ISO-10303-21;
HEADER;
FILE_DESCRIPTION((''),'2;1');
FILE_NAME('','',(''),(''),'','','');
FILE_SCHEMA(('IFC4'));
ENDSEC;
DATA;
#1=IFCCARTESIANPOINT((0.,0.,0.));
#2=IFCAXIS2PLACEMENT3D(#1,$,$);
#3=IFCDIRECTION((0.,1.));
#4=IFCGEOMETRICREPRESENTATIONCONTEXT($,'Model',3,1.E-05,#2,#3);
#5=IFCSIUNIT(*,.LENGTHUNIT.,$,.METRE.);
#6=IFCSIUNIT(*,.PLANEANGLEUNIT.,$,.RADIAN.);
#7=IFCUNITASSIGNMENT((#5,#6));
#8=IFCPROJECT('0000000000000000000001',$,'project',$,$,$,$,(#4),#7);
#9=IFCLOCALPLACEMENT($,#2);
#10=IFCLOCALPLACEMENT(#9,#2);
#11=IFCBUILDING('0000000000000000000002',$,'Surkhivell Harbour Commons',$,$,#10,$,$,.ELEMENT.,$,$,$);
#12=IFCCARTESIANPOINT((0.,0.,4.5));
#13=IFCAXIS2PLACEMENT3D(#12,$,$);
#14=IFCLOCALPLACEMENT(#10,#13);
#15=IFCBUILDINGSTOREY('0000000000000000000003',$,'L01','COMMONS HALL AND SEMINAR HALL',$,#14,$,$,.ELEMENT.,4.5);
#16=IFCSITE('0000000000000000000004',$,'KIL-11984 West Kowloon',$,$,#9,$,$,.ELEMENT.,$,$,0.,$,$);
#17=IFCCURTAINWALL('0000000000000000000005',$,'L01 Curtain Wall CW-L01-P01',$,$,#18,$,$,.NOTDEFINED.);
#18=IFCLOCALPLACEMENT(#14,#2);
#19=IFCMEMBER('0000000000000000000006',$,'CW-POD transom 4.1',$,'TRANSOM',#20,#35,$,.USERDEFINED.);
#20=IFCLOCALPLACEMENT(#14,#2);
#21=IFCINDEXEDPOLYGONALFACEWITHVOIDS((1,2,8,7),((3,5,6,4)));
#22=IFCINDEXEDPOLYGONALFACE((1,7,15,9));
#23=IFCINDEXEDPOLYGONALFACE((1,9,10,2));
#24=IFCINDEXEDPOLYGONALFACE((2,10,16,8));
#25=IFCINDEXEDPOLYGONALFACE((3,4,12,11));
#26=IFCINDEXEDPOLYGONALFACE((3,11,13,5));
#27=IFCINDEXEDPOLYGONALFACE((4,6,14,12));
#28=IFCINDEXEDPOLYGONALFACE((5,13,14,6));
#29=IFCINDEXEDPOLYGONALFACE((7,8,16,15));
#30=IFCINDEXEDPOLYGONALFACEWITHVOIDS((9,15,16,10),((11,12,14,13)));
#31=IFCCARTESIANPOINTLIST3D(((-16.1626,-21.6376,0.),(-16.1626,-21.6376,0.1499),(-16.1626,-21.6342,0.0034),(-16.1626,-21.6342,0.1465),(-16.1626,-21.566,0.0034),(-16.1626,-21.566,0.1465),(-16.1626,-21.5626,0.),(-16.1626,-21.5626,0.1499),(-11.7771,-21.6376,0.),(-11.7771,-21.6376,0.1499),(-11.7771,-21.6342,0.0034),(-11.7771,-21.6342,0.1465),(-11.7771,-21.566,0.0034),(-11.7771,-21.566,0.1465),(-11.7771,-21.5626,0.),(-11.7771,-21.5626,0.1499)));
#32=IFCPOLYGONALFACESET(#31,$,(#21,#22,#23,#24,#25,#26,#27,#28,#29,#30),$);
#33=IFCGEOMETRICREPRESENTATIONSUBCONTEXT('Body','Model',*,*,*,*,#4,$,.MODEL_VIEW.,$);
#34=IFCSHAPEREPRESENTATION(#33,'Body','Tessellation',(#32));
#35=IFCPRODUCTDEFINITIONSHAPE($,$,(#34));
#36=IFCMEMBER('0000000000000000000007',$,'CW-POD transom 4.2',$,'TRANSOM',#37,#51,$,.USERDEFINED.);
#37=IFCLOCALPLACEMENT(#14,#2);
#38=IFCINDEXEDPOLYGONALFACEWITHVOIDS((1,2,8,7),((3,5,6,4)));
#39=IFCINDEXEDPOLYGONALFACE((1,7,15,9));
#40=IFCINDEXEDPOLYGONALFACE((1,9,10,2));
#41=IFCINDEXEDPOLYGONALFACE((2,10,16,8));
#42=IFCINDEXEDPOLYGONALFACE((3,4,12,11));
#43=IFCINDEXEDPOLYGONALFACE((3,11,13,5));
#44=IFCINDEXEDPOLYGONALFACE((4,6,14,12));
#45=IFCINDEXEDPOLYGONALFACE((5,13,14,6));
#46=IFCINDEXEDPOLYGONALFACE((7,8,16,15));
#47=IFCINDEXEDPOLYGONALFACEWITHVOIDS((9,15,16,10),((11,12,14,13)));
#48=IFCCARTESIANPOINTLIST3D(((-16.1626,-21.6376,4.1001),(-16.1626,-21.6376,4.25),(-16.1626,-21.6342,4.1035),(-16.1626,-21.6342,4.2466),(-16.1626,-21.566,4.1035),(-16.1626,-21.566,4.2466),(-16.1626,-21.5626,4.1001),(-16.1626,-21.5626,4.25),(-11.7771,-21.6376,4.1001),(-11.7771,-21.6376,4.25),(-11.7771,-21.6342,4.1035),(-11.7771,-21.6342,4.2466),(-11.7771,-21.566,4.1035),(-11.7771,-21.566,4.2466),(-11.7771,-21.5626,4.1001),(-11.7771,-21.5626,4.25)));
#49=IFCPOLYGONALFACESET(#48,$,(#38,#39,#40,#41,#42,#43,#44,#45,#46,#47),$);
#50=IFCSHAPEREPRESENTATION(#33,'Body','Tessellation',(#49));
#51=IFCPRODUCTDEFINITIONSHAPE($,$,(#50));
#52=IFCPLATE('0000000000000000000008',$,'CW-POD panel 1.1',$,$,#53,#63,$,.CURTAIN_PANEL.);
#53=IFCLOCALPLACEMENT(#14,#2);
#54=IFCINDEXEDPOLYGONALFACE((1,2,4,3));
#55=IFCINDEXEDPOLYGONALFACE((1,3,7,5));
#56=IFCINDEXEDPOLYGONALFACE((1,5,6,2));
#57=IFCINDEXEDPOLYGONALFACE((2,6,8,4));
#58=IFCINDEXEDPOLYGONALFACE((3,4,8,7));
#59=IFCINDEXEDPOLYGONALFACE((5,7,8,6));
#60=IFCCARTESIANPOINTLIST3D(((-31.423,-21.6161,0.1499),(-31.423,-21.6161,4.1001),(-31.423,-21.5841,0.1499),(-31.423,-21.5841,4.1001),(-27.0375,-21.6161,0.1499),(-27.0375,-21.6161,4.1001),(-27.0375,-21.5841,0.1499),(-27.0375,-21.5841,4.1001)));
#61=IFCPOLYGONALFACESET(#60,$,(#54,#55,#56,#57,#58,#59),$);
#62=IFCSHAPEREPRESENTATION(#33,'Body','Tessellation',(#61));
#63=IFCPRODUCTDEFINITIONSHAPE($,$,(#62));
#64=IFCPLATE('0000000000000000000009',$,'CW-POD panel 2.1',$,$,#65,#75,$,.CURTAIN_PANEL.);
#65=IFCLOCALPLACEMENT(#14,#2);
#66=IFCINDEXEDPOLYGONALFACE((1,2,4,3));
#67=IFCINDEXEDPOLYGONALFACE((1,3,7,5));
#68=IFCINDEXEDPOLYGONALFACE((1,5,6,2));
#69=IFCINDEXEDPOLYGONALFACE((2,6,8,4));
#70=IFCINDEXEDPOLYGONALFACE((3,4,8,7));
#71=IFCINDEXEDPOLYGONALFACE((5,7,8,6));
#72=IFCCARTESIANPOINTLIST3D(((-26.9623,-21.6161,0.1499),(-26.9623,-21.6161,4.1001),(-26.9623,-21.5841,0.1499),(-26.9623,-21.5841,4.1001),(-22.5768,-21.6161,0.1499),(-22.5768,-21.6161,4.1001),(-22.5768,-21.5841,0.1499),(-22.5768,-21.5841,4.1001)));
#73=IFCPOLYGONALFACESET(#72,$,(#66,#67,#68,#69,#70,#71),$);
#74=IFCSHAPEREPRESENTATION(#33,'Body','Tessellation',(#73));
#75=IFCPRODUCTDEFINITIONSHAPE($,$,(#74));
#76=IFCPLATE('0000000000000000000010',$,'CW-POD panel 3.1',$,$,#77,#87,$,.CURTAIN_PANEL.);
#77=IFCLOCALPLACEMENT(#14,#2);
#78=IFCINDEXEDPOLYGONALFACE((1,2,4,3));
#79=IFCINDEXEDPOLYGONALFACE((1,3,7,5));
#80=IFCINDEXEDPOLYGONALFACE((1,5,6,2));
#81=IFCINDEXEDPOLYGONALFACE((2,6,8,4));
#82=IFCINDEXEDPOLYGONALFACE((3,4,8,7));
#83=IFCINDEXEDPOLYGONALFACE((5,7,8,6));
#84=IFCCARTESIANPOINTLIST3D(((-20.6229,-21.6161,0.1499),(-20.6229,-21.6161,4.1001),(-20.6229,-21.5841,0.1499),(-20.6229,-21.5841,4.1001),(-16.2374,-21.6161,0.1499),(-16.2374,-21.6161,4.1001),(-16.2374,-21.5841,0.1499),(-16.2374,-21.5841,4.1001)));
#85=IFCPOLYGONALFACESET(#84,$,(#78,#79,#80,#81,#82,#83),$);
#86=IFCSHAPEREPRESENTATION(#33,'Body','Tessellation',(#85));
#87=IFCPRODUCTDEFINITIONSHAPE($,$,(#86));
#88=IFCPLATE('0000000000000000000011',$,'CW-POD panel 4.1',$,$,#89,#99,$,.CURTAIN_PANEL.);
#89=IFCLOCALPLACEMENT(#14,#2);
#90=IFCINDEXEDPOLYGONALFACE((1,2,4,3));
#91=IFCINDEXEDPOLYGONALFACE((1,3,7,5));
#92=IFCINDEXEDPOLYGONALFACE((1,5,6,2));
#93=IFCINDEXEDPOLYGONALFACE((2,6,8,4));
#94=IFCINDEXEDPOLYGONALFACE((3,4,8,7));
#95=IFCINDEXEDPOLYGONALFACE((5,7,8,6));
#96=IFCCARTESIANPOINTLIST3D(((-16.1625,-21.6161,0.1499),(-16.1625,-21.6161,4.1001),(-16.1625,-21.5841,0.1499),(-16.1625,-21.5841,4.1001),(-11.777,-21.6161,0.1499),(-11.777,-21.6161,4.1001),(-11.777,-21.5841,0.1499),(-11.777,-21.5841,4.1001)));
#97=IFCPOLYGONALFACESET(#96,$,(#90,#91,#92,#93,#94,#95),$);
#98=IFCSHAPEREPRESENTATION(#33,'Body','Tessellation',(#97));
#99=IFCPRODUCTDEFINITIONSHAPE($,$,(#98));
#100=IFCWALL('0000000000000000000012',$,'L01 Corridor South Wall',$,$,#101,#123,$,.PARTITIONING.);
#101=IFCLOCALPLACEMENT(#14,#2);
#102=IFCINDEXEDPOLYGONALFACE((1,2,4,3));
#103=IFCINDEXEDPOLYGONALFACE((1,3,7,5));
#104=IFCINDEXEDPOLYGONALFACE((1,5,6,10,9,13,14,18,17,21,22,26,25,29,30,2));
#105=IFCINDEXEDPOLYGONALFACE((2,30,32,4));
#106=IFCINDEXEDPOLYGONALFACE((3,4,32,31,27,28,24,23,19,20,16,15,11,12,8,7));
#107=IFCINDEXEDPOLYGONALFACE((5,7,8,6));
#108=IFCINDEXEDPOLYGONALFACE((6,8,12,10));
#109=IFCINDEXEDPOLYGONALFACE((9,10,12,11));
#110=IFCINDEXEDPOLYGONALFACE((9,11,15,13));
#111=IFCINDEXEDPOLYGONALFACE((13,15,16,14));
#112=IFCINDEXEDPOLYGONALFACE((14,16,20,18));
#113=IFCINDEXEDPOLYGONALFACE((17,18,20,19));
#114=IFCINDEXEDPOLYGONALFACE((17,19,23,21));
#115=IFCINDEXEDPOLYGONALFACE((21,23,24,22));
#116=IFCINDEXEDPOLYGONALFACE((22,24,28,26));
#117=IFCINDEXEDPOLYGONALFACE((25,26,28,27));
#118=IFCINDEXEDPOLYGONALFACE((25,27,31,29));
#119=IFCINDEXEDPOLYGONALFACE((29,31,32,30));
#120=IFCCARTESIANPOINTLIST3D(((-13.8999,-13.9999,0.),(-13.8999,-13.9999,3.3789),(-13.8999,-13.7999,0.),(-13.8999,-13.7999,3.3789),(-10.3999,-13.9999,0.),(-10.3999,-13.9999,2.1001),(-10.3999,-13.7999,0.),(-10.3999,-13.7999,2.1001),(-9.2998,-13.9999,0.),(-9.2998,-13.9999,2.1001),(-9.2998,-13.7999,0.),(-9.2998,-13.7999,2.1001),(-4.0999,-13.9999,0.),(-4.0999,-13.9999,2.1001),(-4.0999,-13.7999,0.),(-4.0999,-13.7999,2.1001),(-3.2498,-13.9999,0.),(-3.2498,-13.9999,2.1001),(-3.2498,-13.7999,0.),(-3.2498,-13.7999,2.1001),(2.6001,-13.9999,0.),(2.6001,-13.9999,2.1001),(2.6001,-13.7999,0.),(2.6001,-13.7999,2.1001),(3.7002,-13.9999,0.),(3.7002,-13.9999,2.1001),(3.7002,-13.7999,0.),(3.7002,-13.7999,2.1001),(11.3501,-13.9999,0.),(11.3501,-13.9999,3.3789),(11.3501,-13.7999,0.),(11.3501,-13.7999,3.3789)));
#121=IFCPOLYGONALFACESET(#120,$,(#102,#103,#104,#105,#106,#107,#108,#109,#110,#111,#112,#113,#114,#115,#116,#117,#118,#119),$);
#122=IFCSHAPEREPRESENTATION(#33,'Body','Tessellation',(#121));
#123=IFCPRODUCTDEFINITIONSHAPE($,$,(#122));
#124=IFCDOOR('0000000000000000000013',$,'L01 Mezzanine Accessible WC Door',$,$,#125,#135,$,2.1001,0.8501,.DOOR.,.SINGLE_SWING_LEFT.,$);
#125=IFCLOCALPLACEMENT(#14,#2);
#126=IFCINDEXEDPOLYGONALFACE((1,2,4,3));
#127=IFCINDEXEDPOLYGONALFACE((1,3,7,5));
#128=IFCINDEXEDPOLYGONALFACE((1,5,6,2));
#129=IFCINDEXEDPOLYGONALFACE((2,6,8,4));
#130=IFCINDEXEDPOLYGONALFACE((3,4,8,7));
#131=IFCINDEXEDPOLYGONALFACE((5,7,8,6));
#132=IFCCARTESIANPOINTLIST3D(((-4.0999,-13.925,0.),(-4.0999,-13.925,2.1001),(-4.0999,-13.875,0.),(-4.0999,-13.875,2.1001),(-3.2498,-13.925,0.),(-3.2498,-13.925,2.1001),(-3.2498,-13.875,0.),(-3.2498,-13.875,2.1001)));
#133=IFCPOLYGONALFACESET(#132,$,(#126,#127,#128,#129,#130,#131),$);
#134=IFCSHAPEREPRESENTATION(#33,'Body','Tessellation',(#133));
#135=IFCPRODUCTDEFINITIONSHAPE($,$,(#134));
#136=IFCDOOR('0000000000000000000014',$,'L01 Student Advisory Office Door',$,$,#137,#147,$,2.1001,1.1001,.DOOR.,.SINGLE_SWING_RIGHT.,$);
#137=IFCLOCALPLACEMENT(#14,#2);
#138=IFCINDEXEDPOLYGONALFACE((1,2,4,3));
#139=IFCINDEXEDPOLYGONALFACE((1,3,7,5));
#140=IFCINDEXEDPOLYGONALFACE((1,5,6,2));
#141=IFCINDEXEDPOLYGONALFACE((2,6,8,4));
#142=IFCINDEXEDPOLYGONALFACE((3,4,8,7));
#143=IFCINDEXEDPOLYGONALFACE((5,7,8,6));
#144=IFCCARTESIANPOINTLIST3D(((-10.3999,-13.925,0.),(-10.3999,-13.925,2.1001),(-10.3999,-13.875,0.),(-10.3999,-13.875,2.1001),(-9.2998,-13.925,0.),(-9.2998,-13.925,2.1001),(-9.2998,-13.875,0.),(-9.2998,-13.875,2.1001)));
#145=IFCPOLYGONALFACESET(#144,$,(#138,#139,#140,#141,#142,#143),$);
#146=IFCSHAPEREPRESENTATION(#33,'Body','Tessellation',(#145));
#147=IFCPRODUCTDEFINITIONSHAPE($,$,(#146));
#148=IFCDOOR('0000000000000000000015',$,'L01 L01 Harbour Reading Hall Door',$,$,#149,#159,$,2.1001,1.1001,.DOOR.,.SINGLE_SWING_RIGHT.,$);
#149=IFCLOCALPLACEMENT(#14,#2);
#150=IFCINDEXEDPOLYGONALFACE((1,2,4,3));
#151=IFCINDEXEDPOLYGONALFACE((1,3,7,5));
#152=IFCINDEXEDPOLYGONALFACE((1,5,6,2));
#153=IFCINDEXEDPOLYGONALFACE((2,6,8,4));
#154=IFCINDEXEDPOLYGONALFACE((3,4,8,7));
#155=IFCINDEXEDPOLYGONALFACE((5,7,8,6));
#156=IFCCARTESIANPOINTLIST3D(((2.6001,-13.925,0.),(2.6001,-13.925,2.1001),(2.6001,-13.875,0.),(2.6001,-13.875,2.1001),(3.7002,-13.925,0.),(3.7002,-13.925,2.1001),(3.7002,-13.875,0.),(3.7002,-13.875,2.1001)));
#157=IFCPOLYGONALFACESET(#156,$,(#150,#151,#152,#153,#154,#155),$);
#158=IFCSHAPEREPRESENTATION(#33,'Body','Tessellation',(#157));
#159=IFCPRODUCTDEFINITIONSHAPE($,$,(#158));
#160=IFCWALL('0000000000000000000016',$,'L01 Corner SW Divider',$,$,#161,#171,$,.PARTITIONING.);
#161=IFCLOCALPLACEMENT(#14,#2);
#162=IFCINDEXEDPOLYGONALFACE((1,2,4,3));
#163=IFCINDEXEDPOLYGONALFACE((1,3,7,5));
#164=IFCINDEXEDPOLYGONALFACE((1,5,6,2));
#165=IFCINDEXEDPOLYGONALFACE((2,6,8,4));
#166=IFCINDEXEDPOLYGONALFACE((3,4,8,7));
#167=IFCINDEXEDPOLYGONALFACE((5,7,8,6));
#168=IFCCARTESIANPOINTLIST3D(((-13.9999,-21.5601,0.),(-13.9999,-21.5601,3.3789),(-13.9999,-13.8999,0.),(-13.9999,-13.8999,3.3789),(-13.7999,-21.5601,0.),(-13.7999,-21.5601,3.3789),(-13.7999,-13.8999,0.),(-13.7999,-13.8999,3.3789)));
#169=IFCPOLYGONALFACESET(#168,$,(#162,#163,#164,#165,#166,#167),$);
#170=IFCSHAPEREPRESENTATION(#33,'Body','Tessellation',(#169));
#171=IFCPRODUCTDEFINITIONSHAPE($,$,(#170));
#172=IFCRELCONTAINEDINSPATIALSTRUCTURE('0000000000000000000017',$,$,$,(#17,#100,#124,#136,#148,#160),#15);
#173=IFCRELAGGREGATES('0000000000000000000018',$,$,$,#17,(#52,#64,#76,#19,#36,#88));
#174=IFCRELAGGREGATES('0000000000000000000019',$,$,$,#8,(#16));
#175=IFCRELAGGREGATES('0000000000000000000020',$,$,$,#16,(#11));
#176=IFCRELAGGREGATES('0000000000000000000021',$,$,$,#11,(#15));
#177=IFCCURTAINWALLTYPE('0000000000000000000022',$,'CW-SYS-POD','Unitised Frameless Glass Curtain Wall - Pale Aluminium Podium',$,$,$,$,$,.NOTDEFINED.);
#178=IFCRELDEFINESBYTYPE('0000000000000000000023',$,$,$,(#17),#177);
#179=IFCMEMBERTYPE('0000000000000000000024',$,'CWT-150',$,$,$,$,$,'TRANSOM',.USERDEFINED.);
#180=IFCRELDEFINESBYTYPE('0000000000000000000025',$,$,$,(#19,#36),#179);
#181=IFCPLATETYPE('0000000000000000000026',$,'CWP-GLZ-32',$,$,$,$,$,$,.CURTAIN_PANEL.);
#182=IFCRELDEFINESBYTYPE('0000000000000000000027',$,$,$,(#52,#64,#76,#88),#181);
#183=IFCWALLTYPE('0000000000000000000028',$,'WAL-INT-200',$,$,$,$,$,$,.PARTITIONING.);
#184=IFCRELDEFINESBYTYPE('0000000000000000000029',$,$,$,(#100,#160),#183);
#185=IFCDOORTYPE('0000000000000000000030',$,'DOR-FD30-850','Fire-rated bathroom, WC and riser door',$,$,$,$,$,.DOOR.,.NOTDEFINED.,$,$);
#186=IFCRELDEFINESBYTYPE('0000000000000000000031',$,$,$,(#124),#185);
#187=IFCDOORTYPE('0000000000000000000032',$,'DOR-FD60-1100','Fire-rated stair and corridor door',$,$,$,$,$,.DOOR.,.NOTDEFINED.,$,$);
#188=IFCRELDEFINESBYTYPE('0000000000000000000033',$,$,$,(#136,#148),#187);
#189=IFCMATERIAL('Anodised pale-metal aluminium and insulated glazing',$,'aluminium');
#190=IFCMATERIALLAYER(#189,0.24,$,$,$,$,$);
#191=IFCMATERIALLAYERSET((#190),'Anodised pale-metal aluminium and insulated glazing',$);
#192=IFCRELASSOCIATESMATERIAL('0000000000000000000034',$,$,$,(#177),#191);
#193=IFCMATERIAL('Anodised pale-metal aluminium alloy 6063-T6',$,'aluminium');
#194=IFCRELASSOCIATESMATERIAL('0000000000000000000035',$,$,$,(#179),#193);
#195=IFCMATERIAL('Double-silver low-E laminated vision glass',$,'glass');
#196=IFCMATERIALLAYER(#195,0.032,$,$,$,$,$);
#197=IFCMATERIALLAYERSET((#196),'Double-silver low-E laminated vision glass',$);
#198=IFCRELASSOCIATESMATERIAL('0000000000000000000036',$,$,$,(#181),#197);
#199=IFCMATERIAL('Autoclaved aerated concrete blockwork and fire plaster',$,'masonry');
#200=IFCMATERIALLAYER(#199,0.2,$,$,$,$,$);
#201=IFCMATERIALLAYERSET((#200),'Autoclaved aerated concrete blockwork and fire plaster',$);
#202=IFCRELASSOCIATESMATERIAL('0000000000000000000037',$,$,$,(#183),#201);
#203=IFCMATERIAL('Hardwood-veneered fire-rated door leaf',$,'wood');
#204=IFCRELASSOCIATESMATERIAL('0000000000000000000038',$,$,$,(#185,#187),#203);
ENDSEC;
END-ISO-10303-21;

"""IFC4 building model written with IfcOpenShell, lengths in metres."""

from ifc_helpers import new_model, si_unit, direction, frame, frame_2d, origin, origin_2d, place, context, subcontext, project, spatial, rectangle, hollow_rectangle, extrude, material, layer, layer_set, material_profile, profile_set, type_object, element, fill, aggregate, save


model = new_model("IFC4")

# Units and contexts
model_context = context("Model", 3, precision=1e-05, world=origin(), true_north=direction((0.0, 1.0)))
body_context = subcontext(model_context, "Body", "Model", "MODEL_VIEW")
ifc_project = project(units=[si_unit("LENGTHUNIT", "METRE"), si_unit("PLANEANGLEUNIT", "RADIAN")], contexts=[model_context])

# Site, building, storey
site_placement = place(None, origin())
site = spatial("IfcSite", under=ifc_project, at=site_placement, Name="KIL-11984 West Kowloon", CompositionType="ELEMENT", RefElevation=0.0)
building_placement = place(site_placement, origin())
building = spatial("IfcBuilding", under=site, at=building_placement, Name="Surkhivell Harbour Commons", CompositionType="ELEMENT")
storey_placement = place(building_placement, frame((0.0, 0.0, 4.5)))
storey = spatial("IfcBuildingStorey", under=building, at=storey_placement, Name="L01", Description="COMMONS HALL AND SEMINAR HALL", CompositionType="ELEMENT", Elevation=4.5)

# Curtain wall, members, plates
ifc_material_1 = material(Name="Anodised pale-metal aluminium and insulated glazing", Category="aluminium")
ifc_layer_1 = layer(ifc_material_1, 0.24)
ifc_layer_set_1 = layer_set([ifc_layer_1], Name="Anodised pale-metal aluminium and insulated glazing")
curtain_wall_type = type_object("IfcCurtainWallType", Name="CW-SYS-POD", Description="Unitised Frameless Glass Curtain Wall - Pale Aluminium Podium", PredefinedType="NOTDEFINED", material=ifc_layer_set_1)
curtain_wall_placement = place(storey_placement, origin())
curtain_wall = element("IfcCurtainWall", 1, at=curtain_wall_placement, inside=storey, type_object=curtain_wall_type, Name="L01 Curtain Wall CW-L01-P01", PredefinedType="NOTDEFINED")
ifc_material_2 = material(Name="Anodised pale-metal aluminium alloy 6063-T6", Category="aluminium")
ifc_material_profile_1 = material_profile(ifc_material_2, hollow_rectangle(XDim=0.075, YDim=0.1499, WallThickness=0.0034, at=origin_2d()), Name="ALU-TRAN-75x150")
ifc_profile_set_1 = profile_set([ifc_material_profile_1], Name="Anodised pale-metal aluminium alloy 6063-T6")
member_type_1 = type_object("IfcMemberType", Name="CWT-150", ElementType="TRANSOM", PredefinedType="USERDEFINED", material=ifc_profile_set_1)
member_1_placement = place(storey_placement, frame((-16.1626, -21.6001, 0.075), z_axis=(1.0, 0.0, 0.0), x_axis=(0.0, 1.0, 0.0)))
member_1 = element("IfcMember", 2, at=member_1_placement, type_object=member_type_1, Name="CW-POD transom 4.1", ObjectType="TRANSOM", PredefinedType="USERDEFINED", context=body_context, shape_type="SweptSolid", body=[
    extrude(hollow_rectangle(XDim=0.075, YDim=0.1499, WallThickness=0.0034, at=origin_2d()), origin(), (0.0, 0.0, 1.0), 4.3855),
])
member_2_placement = place(storey_placement, frame((-16.1626, -21.6001, 4.175), z_axis=(1.0, 0.0, 0.0), x_axis=(0.0, 1.0, 0.0)))
member_2 = element("IfcMember", 3, at=member_2_placement, type_object=member_type_1, Name="CW-POD transom 4.2", ObjectType="TRANSOM", PredefinedType="USERDEFINED", context=body_context, shape_type="SweptSolid", body=[
    extrude(hollow_rectangle(XDim=0.075, YDim=0.1499, WallThickness=0.0034, at=origin_2d()), origin(), (0.0, 0.0, 1.0), 4.3855),
])
ifc_material_3 = material(Name="Double-silver low-E laminated vision glass", Category="glass")
ifc_layer_2 = layer(ifc_material_3, 0.032)
ifc_layer_set_2 = layer_set([ifc_layer_2], Name="Double-silver low-E laminated vision glass")
plate_type = type_object("IfcPlateType", Name="CWP-GLZ-32", PredefinedType="CURTAIN_PANEL", material=ifc_layer_set_2)
plate_1_placement = place(storey_placement, frame((-31.4231, -21.6001, 0.1499), z_axis=(0.0, 0.0, 1.0), x_axis=(1.0, 0.0, 0.0)))
plate_1 = element("IfcPlate", 4, at=plate_1_placement, type_object=plate_type, Name="CW-POD panel 1.1", PredefinedType="CURTAIN_PANEL", context=body_context, shape_type="SweptSolid", body=[
    extrude(rectangle(XDim=4.3855, YDim=0.032, at=frame_2d((2.1929, 0.0))), origin(), (0.0, 0.0, 1.0), 3.9502),
])
plate_2_placement = place(storey_placement, frame((-26.9624, -21.6001, 0.1499), z_axis=(0.0, 0.0, 1.0), x_axis=(1.0, 0.0, 0.0)))
plate_2 = element("IfcPlate", 5, at=plate_2_placement, type_object=plate_type, Name="CW-POD panel 2.1", PredefinedType="CURTAIN_PANEL", context=body_context, shape_type="SweptSolid", body=[
    extrude(rectangle(XDim=4.3855, YDim=0.032, at=frame_2d((2.1929, 0.0))), origin(), (0.0, 0.0, 1.0), 3.9502),
])
plate_3_placement = place(storey_placement, frame((-20.623, -21.6001, 0.1499), z_axis=(0.0, 0.0, 1.0), x_axis=(1.0, 0.0, 0.0)))
plate_3 = element("IfcPlate", 6, at=plate_3_placement, type_object=plate_type, Name="CW-POD panel 3.1", PredefinedType="CURTAIN_PANEL", context=body_context, shape_type="SweptSolid", body=[
    extrude(rectangle(XDim=4.3855, YDim=0.032, at=frame_2d((2.1929, 0.0))), origin(), (0.0, 0.0, 1.0), 3.9502),
])
plate_4_placement = place(storey_placement, frame((-16.1626, -21.6001, 0.1499), z_axis=(0.0, 0.0, 1.0), x_axis=(1.0, 0.0, 0.0)))
plate_4 = element("IfcPlate", 7, at=plate_4_placement, type_object=plate_type, Name="CW-POD panel 4.1", PredefinedType="CURTAIN_PANEL", context=body_context, shape_type="SweptSolid", body=[
    extrude(rectangle(XDim=4.3855, YDim=0.032, at=frame_2d((2.1929, 0.0))), origin(), (0.0, 0.0, 1.0), 3.9502),
])
aggregate(curtain_wall, [plate_1, plate_2, plate_3, member_1, member_2, plate_4])

# Wall, openings, doors
ifc_material_4 = material(Name="Autoclaved aerated concrete blockwork and fire plaster", Category="masonry")
ifc_layer_3 = layer(ifc_material_4, 0.2)
ifc_layer_set_3 = layer_set([ifc_layer_3], Name="Autoclaved aerated concrete blockwork and fire plaster")
wall_type = type_object("IfcWallType", Name="WAL-INT-200", PredefinedType="PARTITIONING", material=ifc_layer_set_3)
wall_1_placement = place(storey_placement, frame((-13.8999, -13.8999, 0.0), z_axis=(0.0, 0.0, 1.0), x_axis=(1.0, 0.0, 0.0)))
wall_1 = element("IfcWall", 8, at=wall_1_placement, inside=storey, type_object=wall_type, Name="L01 Corridor South Wall", PredefinedType="PARTITIONING", context=body_context, shape_type="SweptSolid", body=[
    extrude(rectangle(XDim=25.25, YDim=0.2, at=frame_2d((12.625, 0.0))), origin(), (0.0, 0.0, 1.0), 3.3789),
])
opening_1_placement = place(wall_1_placement, frame((3.5, 0.0, 0.0)))
opening_1 = element("IfcOpeningElement", 9, at=opening_1_placement, cuts=wall_1, PredefinedType="OPENING", context=body_context, shape_type="SweptSolid", body=[
    extrude(rectangle(XDim=1.1001, YDim=2.1001, at=frame_2d((0.55, 1.05))), frame((0.0, 0.1099, 0.0), z_axis=(0.0, -1.0, 0.0), x_axis=(1.0, 0.0, 0.0)), (0.0, 0.0, 1.0), 0.22),
])
opening_2_placement = place(wall_1_placement, frame((9.8, 0.0, 0.0)))
opening_2 = element("IfcOpeningElement", 10, at=opening_2_placement, cuts=wall_1, PredefinedType="OPENING", context=body_context, shape_type="SweptSolid", body=[
    extrude(rectangle(XDim=0.8501, YDim=2.1001, at=frame_2d((0.425, 1.05))), frame((0.0, 0.1099, 0.0), z_axis=(0.0, -1.0, 0.0), x_axis=(1.0, 0.0, 0.0)), (0.0, 0.0, 1.0), 0.22),
])
opening_3_placement = place(wall_1_placement, frame((16.5, 0.0, 0.0)))
opening_3 = element("IfcOpeningElement", 11, at=opening_3_placement, cuts=wall_1, PredefinedType="OPENING", context=body_context, shape_type="SweptSolid", body=[
    extrude(rectangle(XDim=1.1001, YDim=2.1001, at=frame_2d((0.55, 1.05))), frame((0.0, 0.1099, 0.0), z_axis=(0.0, -1.0, 0.0), x_axis=(1.0, 0.0, 0.0)), (0.0, 0.0, 1.0), 0.22),
])
ifc_material_5 = material(Name="Hardwood-veneered fire-rated door leaf", Category="wood")
door_type_1 = type_object("IfcDoorType", Name="DOR-FD30-850", Description="Fire-rated bathroom, WC and riser door", OperationType="NOTDEFINED", PredefinedType="DOOR", material=ifc_material_5)
door_1_placement = place(opening_2_placement, origin())
door_1 = element("IfcDoor", 12, at=door_1_placement, inside=storey, type_object=door_type_1, Name="L01 Mezzanine Accessible WC Door", OperationType="SINGLE_SWING_LEFT", OverallHeight=2.1001, OverallWidth=0.8501, PredefinedType="DOOR", context=body_context, shape_type="SweptSolid", body=[
    extrude(rectangle(XDim=0.8501, YDim=2.1001, at=frame_2d((0.425, 1.05))), frame((0.0, 0.0249, 0.0), z_axis=(0.0, -1.0, 0.0), x_axis=(1.0, 0.0, 0.0)), (0.0, 0.0, 1.0), 0.05),
])
fill(opening_2, door_1)
door_type_2 = type_object("IfcDoorType", Name="DOR-FD60-1100", Description="Fire-rated stair and corridor door", OperationType="NOTDEFINED", PredefinedType="DOOR", material=ifc_material_5)
door_2_placement = place(opening_1_placement, origin())
door_2 = element("IfcDoor", 13, at=door_2_placement, inside=storey, type_object=door_type_2, Name="L01 Student Advisory Office Door", OperationType="SINGLE_SWING_RIGHT", OverallHeight=2.1001, OverallWidth=1.1001, PredefinedType="DOOR", context=body_context, shape_type="SweptSolid", body=[
    extrude(rectangle(XDim=1.1001, YDim=2.1001, at=frame_2d((0.55, 1.05))), frame((0.0, 0.0249, 0.0), z_axis=(0.0, -1.0, 0.0), x_axis=(1.0, 0.0, 0.0)), (0.0, 0.0, 1.0), 0.05),
])
fill(opening_1, door_2)
door_3_placement = place(opening_3_placement, origin())
door_3 = element("IfcDoor", 14, at=door_3_placement, inside=storey, type_object=door_type_2, Name="L01 L01 Harbour Reading Hall Door", OperationType="SINGLE_SWING_RIGHT", OverallHeight=2.1001, OverallWidth=1.1001, PredefinedType="DOOR", context=body_context, shape_type="SweptSolid", body=[
    extrude(rectangle(XDim=1.1001, YDim=2.1001, at=frame_2d((0.55, 1.05))), frame((0.0, 0.0249, 0.0), z_axis=(0.0, -1.0, 0.0), x_axis=(1.0, 0.0, 0.0)), (0.0, 0.0, 1.0), 0.05),
])
fill(opening_3, door_3)

# Wall
wall_2_placement = place(storey_placement, frame((-13.8999, -21.5601, 0.0), z_axis=(0.0, 0.0, 1.0), x_axis=(0.0, 1.0, 0.0)))
element("IfcWall", 15, at=wall_2_placement, inside=storey, type_object=wall_type, Name="L01 Corner SW Divider", PredefinedType="PARTITIONING", context=body_context, shape_type="SweptSolid", body=[
    extrude(rectangle(XDim=7.6602, YDim=0.2, at=frame_2d((3.8301, 0.0))), origin(), (0.0, 0.0, 1.0), 3.3789),
])

save(model, "model.ifc")
